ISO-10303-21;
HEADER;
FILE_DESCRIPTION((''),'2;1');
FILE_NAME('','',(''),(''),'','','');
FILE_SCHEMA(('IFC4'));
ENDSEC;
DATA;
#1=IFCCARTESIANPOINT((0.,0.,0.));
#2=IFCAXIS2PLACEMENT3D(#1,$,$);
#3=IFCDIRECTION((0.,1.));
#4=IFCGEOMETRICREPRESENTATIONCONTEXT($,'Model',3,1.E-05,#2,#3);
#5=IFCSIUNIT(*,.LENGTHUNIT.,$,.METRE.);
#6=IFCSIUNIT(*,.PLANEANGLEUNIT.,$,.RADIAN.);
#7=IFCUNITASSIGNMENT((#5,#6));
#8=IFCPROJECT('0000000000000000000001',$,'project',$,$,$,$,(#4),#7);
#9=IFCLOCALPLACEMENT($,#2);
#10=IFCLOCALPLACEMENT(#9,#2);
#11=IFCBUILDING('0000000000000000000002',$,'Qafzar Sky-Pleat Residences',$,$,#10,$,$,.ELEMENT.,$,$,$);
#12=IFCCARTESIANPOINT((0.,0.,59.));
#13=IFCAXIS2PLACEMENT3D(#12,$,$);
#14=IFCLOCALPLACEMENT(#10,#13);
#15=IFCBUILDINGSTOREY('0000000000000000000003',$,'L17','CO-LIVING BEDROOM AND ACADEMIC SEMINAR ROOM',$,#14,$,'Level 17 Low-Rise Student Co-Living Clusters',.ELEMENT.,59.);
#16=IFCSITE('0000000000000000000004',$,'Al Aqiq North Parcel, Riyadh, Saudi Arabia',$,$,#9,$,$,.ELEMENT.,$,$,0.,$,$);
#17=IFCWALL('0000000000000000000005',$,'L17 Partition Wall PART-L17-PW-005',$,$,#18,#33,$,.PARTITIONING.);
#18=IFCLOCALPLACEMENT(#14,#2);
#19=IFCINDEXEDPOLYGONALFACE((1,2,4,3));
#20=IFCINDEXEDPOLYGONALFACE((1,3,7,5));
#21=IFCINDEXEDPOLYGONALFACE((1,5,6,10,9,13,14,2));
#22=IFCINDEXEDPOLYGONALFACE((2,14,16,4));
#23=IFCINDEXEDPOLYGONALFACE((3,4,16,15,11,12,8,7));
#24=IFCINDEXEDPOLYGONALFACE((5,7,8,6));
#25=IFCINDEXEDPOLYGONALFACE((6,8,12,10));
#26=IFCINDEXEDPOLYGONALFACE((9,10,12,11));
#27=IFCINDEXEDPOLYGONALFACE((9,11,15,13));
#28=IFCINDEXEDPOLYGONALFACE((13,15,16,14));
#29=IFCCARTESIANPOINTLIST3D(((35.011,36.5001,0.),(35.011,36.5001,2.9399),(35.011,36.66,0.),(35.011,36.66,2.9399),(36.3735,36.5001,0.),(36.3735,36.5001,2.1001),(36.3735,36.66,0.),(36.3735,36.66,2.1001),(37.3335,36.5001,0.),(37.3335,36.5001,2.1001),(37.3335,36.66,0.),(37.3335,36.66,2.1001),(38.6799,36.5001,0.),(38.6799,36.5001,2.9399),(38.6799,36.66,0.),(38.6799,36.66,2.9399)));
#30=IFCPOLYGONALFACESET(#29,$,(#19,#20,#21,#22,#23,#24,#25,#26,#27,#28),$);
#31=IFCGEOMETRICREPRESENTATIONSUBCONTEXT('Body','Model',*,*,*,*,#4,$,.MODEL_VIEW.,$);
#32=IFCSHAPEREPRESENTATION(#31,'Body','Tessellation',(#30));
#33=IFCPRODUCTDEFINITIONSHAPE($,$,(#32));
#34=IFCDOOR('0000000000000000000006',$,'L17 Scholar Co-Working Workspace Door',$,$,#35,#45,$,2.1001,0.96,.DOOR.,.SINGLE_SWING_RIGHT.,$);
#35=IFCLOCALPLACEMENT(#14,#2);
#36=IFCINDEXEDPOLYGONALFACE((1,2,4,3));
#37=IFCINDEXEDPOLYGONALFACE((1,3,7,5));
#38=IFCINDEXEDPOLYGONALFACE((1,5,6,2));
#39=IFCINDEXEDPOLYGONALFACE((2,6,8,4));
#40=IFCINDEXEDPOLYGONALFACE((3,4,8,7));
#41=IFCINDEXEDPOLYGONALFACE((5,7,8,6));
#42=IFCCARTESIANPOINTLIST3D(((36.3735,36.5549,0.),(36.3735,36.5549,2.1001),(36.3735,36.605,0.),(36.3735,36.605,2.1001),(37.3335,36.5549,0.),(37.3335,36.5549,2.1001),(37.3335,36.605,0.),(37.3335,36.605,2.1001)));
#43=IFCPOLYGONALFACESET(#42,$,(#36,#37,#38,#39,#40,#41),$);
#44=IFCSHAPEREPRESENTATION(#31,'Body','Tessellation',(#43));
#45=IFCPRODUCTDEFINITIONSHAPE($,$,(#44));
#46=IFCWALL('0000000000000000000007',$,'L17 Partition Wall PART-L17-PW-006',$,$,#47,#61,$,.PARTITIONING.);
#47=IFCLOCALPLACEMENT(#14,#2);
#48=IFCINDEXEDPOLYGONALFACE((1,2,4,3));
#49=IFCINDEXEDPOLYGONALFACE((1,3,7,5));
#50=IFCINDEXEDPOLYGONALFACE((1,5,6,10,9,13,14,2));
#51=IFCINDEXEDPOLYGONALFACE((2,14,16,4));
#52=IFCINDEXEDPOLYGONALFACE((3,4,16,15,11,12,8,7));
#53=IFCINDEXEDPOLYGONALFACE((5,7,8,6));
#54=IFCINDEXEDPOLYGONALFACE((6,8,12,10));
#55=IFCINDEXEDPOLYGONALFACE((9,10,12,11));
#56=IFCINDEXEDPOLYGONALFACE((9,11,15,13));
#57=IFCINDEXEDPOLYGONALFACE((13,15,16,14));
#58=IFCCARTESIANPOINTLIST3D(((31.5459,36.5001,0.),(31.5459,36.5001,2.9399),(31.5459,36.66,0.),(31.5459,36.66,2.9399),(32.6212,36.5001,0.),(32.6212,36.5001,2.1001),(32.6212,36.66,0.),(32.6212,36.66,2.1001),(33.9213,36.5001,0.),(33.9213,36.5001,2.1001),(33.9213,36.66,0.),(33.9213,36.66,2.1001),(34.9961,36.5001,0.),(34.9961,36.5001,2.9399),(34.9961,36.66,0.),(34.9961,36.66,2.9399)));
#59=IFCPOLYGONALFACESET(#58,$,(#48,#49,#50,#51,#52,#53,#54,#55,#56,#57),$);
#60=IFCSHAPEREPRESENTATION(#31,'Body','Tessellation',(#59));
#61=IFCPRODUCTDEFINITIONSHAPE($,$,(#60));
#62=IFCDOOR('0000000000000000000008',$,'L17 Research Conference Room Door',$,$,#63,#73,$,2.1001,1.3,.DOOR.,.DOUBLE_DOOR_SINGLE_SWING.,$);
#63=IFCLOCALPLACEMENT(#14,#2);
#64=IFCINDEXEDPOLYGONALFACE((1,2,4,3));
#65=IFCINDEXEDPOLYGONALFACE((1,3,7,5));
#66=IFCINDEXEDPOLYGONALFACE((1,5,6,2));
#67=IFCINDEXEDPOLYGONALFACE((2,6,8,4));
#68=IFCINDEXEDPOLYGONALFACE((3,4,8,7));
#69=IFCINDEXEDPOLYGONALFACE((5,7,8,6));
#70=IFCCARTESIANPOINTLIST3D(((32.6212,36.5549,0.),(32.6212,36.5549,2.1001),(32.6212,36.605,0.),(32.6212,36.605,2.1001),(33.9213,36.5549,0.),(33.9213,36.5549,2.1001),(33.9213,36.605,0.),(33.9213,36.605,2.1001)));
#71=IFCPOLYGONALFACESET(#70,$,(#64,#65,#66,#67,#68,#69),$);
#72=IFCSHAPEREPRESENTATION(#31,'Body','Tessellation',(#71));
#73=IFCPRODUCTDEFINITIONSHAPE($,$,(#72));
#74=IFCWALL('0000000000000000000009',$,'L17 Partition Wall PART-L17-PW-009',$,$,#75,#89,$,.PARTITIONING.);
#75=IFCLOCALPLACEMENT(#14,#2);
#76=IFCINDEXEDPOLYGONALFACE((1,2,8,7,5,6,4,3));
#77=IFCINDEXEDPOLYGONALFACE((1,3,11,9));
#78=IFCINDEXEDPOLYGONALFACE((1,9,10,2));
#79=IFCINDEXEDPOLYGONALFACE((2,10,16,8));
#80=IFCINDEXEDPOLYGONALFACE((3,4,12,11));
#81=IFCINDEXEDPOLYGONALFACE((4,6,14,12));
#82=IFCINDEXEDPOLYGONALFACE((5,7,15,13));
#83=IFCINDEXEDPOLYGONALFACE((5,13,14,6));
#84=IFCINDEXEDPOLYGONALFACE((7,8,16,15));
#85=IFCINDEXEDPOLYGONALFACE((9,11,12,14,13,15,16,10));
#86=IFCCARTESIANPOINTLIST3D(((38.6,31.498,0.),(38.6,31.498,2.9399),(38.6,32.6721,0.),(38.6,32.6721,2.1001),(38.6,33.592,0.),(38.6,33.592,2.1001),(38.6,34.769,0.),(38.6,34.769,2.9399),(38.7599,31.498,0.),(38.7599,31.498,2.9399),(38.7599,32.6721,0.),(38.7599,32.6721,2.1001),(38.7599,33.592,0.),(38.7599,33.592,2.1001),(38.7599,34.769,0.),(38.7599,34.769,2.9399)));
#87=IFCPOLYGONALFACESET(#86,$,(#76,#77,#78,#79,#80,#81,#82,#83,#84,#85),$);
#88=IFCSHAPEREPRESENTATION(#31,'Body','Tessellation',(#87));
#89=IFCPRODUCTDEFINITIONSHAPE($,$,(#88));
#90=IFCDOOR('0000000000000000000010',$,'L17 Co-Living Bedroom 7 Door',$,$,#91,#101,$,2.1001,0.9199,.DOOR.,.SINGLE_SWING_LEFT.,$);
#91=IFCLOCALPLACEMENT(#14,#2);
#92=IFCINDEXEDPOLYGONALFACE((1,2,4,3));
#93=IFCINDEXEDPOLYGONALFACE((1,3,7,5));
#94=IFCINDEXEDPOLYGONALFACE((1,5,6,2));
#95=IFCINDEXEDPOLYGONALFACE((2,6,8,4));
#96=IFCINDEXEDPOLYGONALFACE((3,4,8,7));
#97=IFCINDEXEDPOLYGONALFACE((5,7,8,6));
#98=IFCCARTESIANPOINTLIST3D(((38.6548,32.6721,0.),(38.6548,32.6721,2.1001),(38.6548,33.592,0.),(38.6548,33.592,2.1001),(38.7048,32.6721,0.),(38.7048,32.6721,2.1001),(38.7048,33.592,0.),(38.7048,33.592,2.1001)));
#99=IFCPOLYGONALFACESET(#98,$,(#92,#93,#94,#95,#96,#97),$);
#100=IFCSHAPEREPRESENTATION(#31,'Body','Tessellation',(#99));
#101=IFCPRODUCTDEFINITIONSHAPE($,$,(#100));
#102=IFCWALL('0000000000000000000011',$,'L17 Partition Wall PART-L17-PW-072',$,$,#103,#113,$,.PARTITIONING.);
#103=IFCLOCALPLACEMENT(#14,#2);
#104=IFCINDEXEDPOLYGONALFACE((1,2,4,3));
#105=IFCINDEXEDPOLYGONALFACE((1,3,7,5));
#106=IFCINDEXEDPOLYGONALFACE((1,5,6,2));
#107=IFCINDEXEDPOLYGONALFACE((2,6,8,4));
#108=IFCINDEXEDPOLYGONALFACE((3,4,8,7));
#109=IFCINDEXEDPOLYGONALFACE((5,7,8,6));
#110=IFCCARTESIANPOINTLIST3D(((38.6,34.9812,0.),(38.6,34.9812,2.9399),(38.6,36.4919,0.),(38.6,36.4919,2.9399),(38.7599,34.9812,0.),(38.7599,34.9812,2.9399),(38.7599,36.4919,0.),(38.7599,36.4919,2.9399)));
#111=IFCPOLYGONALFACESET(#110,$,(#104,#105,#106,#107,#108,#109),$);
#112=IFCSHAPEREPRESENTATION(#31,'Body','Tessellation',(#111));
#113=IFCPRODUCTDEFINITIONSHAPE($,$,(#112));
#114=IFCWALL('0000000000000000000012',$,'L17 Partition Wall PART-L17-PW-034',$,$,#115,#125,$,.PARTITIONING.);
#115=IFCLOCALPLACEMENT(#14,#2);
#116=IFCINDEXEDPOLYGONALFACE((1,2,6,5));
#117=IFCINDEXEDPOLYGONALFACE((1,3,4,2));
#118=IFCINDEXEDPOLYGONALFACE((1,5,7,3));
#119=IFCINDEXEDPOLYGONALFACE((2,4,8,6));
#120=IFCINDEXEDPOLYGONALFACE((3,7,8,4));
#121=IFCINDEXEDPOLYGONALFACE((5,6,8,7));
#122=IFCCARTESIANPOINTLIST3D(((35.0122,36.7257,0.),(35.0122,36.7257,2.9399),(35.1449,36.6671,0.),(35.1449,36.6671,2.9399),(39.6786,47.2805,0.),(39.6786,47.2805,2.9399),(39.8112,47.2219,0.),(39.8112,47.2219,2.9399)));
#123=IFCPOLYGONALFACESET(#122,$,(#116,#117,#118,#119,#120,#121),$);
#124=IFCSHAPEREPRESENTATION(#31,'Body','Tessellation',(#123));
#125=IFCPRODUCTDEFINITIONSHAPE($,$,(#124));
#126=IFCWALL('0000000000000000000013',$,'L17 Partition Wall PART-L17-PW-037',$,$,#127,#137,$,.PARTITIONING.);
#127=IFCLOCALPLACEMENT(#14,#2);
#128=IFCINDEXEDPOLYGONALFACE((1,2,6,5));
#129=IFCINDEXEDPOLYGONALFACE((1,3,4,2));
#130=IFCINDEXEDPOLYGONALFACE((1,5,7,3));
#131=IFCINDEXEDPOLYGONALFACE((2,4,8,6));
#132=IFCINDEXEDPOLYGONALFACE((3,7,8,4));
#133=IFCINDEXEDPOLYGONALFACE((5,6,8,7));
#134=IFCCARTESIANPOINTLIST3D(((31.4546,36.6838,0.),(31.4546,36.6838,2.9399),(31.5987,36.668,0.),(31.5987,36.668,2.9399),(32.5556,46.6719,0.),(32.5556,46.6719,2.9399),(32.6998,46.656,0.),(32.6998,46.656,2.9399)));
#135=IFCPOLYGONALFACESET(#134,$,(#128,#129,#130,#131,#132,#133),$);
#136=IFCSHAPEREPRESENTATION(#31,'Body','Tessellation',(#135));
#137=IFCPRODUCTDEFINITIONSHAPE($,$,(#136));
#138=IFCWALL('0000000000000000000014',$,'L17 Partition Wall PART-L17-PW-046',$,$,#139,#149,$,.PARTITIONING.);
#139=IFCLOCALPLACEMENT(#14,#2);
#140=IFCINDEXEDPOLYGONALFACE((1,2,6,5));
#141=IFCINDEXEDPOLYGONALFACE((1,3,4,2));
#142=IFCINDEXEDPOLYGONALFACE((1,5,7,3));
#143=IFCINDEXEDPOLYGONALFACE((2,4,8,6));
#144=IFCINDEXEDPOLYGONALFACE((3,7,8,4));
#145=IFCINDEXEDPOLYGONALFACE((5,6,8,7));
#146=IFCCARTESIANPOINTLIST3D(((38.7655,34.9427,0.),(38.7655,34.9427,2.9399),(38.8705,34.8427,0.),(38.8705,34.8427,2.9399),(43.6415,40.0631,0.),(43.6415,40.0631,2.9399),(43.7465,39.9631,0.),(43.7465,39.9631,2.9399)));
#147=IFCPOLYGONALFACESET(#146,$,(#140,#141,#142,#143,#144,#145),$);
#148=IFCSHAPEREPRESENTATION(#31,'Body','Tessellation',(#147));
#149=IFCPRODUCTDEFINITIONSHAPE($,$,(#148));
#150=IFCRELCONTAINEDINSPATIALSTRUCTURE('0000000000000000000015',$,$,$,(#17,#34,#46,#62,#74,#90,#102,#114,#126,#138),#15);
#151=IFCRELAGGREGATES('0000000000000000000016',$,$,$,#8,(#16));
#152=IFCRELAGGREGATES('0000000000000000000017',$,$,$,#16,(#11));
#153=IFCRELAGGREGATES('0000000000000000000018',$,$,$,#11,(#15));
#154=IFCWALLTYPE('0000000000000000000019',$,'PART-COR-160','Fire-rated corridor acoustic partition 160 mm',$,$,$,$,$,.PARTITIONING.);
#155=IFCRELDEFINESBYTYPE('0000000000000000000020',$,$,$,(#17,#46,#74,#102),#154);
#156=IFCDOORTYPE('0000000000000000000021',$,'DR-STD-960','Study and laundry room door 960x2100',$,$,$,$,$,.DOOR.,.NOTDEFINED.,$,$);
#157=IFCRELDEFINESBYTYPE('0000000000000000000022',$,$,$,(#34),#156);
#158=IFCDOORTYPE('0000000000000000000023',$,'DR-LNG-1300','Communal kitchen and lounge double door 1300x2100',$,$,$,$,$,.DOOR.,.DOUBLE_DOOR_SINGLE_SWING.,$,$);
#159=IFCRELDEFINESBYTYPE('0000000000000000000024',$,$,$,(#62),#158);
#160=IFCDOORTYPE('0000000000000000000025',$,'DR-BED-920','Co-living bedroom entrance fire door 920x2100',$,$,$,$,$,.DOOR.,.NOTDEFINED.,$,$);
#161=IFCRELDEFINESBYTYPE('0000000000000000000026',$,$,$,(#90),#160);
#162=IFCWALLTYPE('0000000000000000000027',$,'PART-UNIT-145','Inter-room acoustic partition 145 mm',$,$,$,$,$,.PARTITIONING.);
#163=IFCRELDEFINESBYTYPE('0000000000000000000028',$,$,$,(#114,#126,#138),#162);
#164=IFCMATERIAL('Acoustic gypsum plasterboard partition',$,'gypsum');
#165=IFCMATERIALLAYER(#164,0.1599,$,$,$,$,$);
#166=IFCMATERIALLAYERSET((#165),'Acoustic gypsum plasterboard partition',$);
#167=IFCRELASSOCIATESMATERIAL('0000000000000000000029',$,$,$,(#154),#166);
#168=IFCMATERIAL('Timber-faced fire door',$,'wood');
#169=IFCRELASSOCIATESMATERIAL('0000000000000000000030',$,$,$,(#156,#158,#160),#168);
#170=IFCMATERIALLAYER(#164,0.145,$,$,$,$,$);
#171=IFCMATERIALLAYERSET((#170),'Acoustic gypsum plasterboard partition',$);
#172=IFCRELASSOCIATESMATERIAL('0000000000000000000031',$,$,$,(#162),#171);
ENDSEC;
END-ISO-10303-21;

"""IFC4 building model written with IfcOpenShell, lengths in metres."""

from ifc_helpers import new_model, si_unit, direction, frame, frame_2d, origin, place, context, subcontext, project, spatial, rectangle, extrude, source, transform, mapped, material, layer, layer_set, type_object, element, fill, save


model = new_model("IFC4")

# Units and contexts
model_context = context("Model", 3, precision=1e-05, world=origin(), true_north=direction((0.0, 1.0)))
body_context = subcontext(model_context, "Body", "Model", "MODEL_VIEW")
ifc_project = project(units=[si_unit("LENGTHUNIT", "METRE"), si_unit("PLANEANGLEUNIT", "RADIAN")], contexts=[model_context])

# Site, building, storey
site_placement = place(None, origin())
site = spatial("IfcSite", under=ifc_project, at=site_placement, Name="Al Aqiq North Parcel, Riyadh, Saudi Arabia", CompositionType="ELEMENT", RefElevation=0.0)
building_placement = place(site_placement, origin())
building = spatial("IfcBuilding", under=site, at=building_placement, Name="Qafzar Sky-Pleat Residences", CompositionType="ELEMENT")
storey_placement = place(building_placement, frame((0.0, 0.0, 59.0)))
storey = spatial("IfcBuildingStorey", under=building, at=storey_placement, Name="L17", Description="CO-LIVING BEDROOM AND ACADEMIC SEMINAR ROOM", LongName="Level 17 Low-Rise Student Co-Living Clusters", CompositionType="ELEMENT", Elevation=59.0)

# Walls, openings, doors
ifc_material_1 = material(Name="Acoustic gypsum plasterboard partition", Category="gypsum")
ifc_layer_1 = layer(ifc_material_1, 0.1599)
ifc_layer_set_1 = layer_set([ifc_layer_1], Name="Acoustic gypsum plasterboard partition")
wall_type_1 = type_object("IfcWallType", Name="PART-COR-160", Description="Fire-rated corridor acoustic partition 160 mm", PredefinedType="PARTITIONING", material=ifc_layer_set_1)
wall_1_placement = place(storey_placement, frame((35.011, 36.5801, 0.0), z_axis=(0.0, 0.0, 1.0), x_axis=(1.0, 0.0, 0.0)))
wall_1 = element("IfcWall", 1, at=wall_1_placement, inside=storey, type_object=wall_type_1, Name="L17 Partition Wall PART-L17-PW-005", PredefinedType="PARTITIONING", context=body_context, shape_type="SweptSolid", body=[
    extrude(rectangle(XDim=3.6689, YDim=0.1599, at=frame_2d((1.8345, 0.0))), origin(), (0.0, 0.0, 1.0), 2.9399),
])
opening_1_placement = place(wall_1_placement, frame((1.3625, 0.0, 0.0)))
opening_1 = element("IfcOpeningElement", 2, at=opening_1_placement, cuts=wall_1, PredefinedType="OPENING", context=body_context, shape_type="SweptSolid", body=[
    extrude(rectangle(XDim=0.96, YDim=2.1001, at=frame_2d((0.48, 1.05))), frame((0.0, 0.0898, 0.0), z_axis=(0.0, -1.0, 0.0), x_axis=(1.0, 0.0, 0.0)), (0.0, 0.0, 1.0), 0.1799),
])
ifc_material_2 = material(Name="Timber-faced fire door", Category="wood")
door_type_1 = type_object("IfcDoorType", Name="DR-STD-960", Description="Study and laundry room door 960x2100", OperationType="NOTDEFINED", PredefinedType="DOOR", material=ifc_material_2)
shared_shape_1 = source(origin(), body_context, "Body", "SweptSolid", [
    extrude(rectangle(XDim=0.96, YDim=2.1001, at=frame_2d((0.48, 1.05))), frame((0.0, 0.0249, 0.0), z_axis=(0.0, -1.0, 0.0), x_axis=(1.0, 0.0, 0.0)), (0.0, 0.0, 1.0), 0.05),
])
door_1_placement = place(opening_1_placement, origin())
door_1 = element("IfcDoor", 3, at=door_1_placement, inside=storey, type_object=door_type_1, Name="L17 Scholar Co-Working Workspace Door", OperationType="SINGLE_SWING_RIGHT", OverallHeight=2.1001, OverallWidth=0.96, PredefinedType="DOOR", context=body_context, shape_type="MappedRepresentation", body=[
    mapped(shared_shape_1, transform((0.0, 0.0, 0.0), x_axis=(1.0, 0.0, 0.0), y_axis=(0.0, 1.0, 0.0), z_axis=(0.0, 0.0, 1.0), scale=1.0)),
])
fill(opening_1, door_1)
wall_2_placement = place(storey_placement, frame((31.5459, 36.5801, 0.0), z_axis=(0.0, 0.0, 1.0), x_axis=(1.0, 0.0, 0.0)))
wall_2 = element("IfcWall", 4, at=wall_2_placement, inside=storey, type_object=wall_type_1, Name="L17 Partition Wall PART-L17-PW-006", PredefinedType="PARTITIONING", context=body_context, shape_type="SweptSolid", body=[
    extrude(rectangle(XDim=3.4502, YDim=0.1599, at=frame_2d((1.7251, 0.0))), origin(), (0.0, 0.0, 1.0), 2.9399),
])
opening_2_placement = place(wall_2_placement, frame((1.0754, 0.0, 0.0)))
opening_2 = element("IfcOpeningElement", 5, at=opening_2_placement, cuts=wall_2, PredefinedType="OPENING", context=body_context, shape_type="SweptSolid", body=[
    extrude(rectangle(XDim=1.3, YDim=2.1001, at=frame_2d((0.6499, 1.05))), frame((0.0, 0.0898, 0.0), z_axis=(0.0, -1.0, 0.0), x_axis=(1.0, 0.0, 0.0)), (0.0, 0.0, 1.0), 0.1799),
])
door_type_2 = type_object("IfcDoorType", Name="DR-LNG-1300", Description="Communal kitchen and lounge double door 1300x2100", OperationType="DOUBLE_DOOR_SINGLE_SWING", PredefinedType="DOOR", material=ifc_material_2)
shared_shape_2 = source(origin(), body_context, "Body", "SweptSolid", [
    extrude(rectangle(XDim=1.3, YDim=2.1001, at=frame_2d((0.6499, 1.05))), frame((0.0, 0.0249, 0.0), z_axis=(0.0, -1.0, 0.0), x_axis=(1.0, 0.0, 0.0)), (0.0, 0.0, 1.0), 0.05),
])
door_2_placement = place(opening_2_placement, origin())
door_2 = element("IfcDoor", 6, at=door_2_placement, inside=storey, type_object=door_type_2, Name="L17 Research Conference Room Door", OperationType="DOUBLE_DOOR_SINGLE_SWING", OverallHeight=2.1001, OverallWidth=1.3, PredefinedType="DOOR", context=body_context, shape_type="MappedRepresentation", body=[
    mapped(shared_shape_2, transform((0.0, 0.0, 0.0), x_axis=(1.0, 0.0, 0.0), y_axis=(0.0, 1.0, 0.0), z_axis=(0.0, 0.0, 1.0), scale=1.0)),
])
fill(opening_2, door_2)
wall_3_placement = place(storey_placement, frame((38.6799, 34.769, 0.0), z_axis=(0.0, 0.0, 1.0), x_axis=(0.0, -1.0, 0.0)))
wall_3 = element("IfcWall", 7, at=wall_3_placement, inside=storey, type_object=wall_type_1, Name="L17 Partition Wall PART-L17-PW-009", PredefinedType="PARTITIONING", context=body_context, shape_type="SweptSolid", body=[
    extrude(rectangle(XDim=3.271, YDim=0.1599, at=frame_2d((1.6355, 0.0))), origin(), (0.0, 0.0, 1.0), 2.9399),
])
opening_3_placement = place(wall_3_placement, frame((1.177, 0.0, 0.0)))
opening_3 = element("IfcOpeningElement", 8, at=opening_3_placement, cuts=wall_3, PredefinedType="OPENING", context=body_context, shape_type="SweptSolid", body=[
    extrude(rectangle(XDim=0.9199, YDim=2.1001, at=frame_2d((0.46, 1.05))), frame((0.0, 0.0898, 0.0), z_axis=(0.0, -1.0, 0.0), x_axis=(1.0, 0.0, 0.0)), (0.0, 0.0, 1.0), 0.1799),
])
door_type_3 = type_object("IfcDoorType", Name="DR-BED-920", Description="Co-living bedroom entrance fire door 920x2100", OperationType="NOTDEFINED", PredefinedType="DOOR", material=ifc_material_2)
shared_shape_3 = source(origin(), body_context, "Body", "SweptSolid", [
    extrude(rectangle(XDim=0.9199, YDim=2.1001, at=frame_2d((0.46, 1.05))), frame((0.0, 0.0249, 0.0), z_axis=(0.0, -1.0, 0.0), x_axis=(1.0, 0.0, 0.0)), (0.0, 0.0, 1.0), 0.05),
])
door_3_placement = place(opening_3_placement, origin())
door_3 = element("IfcDoor", 9, at=door_3_placement, inside=storey, type_object=door_type_3, Name="L17 Co-Living Bedroom 7 Door", OperationType="SINGLE_SWING_LEFT", OverallHeight=2.1001, OverallWidth=0.9199, PredefinedType="DOOR", context=body_context, shape_type="MappedRepresentation", body=[
    mapped(shared_shape_3, transform((0.0, 0.0, 0.0), x_axis=(1.0, 0.0, 0.0), y_axis=(0.0, 1.0, 0.0), z_axis=(0.0, 0.0, 1.0), scale=1.0)),
])
fill(opening_3, door_3)

# Walls
wall_4_placement = place(storey_placement, frame((38.6799, 34.9812, 0.0), z_axis=(0.0, 0.0, 1.0), x_axis=(0.0, 1.0, 0.0)))
element("IfcWall", 10, at=wall_4_placement, inside=storey, type_object=wall_type_1, Name="L17 Partition Wall PART-L17-PW-072", PredefinedType="PARTITIONING", context=body_context, shape_type="SweptSolid", body=[
    extrude(rectangle(XDim=1.5107, YDim=0.1599, at=frame_2d((0.7554, 0.0))), origin(), (0.0, 0.0, 1.0), 2.9399),
])
ifc_layer_2 = layer(ifc_material_1, 0.145)
ifc_layer_set_2 = layer_set([ifc_layer_2], Name="Acoustic gypsum plasterboard partition")
wall_type_2 = type_object("IfcWallType", Name="PART-UNIT-145", Description="Inter-room acoustic partition 145 mm", PredefinedType="PARTITIONING", material=ifc_layer_set_2)
wall_5_placement = place(storey_placement, frame((35.0786, 36.6965, 0.0), z_axis=(0.0, 0.0, 1.0), x_axis=(0.404349, 0.914605, 0.0)))
element("IfcWall", 11, at=wall_5_placement, inside=storey, type_object=wall_type_2, Name="L17 Partition Wall PART-L17-PW-034", PredefinedType="PARTITIONING", context=body_context, shape_type="SweptSolid", body=[
    extrude(rectangle(XDim=11.5403, YDim=0.145, at=frame_2d((5.77, 0.0))), origin(), (0.0, 0.0, 1.0), 2.9399),
])
wall_6_placement = place(storey_placement, frame((31.5266, 36.6758, 0.0), z_axis=(0.0, 0.0, 1.0), x_axis=(0.109575, 0.993978, 0.0)))
element("IfcWall", 12, at=wall_6_placement, inside=storey, type_object=wall_type_2, Name="L17 Partition Wall PART-L17-PW-037", PredefinedType="PARTITIONING", context=body_context, shape_type="SweptSolid", body=[
    extrude(rectangle(XDim=10.0486, YDim=0.145, at=frame_2d((5.0244, 0.0))), origin(), (0.0, 0.0, 1.0), 2.9399),
])
wall_7_placement = place(storey_placement, frame((38.8181, 34.8928, 0.0), z_axis=(0.0, 0.0, 1.0), x_axis=(0.689614, 0.724177, 0.0)))
element("IfcWall", 13, at=wall_7_placement, inside=storey, type_object=wall_type_2, Name="L17 Partition Wall PART-L17-PW-046", PredefinedType="PARTITIONING", context=body_context, shape_type="SweptSolid", body=[
    extrude(rectangle(XDim=7.0706, YDim=0.145, at=frame_2d((3.5352, 0.0))), origin(), (0.0, 0.0, 1.0), 2.9399),
])

save(model, "model.ifc")
